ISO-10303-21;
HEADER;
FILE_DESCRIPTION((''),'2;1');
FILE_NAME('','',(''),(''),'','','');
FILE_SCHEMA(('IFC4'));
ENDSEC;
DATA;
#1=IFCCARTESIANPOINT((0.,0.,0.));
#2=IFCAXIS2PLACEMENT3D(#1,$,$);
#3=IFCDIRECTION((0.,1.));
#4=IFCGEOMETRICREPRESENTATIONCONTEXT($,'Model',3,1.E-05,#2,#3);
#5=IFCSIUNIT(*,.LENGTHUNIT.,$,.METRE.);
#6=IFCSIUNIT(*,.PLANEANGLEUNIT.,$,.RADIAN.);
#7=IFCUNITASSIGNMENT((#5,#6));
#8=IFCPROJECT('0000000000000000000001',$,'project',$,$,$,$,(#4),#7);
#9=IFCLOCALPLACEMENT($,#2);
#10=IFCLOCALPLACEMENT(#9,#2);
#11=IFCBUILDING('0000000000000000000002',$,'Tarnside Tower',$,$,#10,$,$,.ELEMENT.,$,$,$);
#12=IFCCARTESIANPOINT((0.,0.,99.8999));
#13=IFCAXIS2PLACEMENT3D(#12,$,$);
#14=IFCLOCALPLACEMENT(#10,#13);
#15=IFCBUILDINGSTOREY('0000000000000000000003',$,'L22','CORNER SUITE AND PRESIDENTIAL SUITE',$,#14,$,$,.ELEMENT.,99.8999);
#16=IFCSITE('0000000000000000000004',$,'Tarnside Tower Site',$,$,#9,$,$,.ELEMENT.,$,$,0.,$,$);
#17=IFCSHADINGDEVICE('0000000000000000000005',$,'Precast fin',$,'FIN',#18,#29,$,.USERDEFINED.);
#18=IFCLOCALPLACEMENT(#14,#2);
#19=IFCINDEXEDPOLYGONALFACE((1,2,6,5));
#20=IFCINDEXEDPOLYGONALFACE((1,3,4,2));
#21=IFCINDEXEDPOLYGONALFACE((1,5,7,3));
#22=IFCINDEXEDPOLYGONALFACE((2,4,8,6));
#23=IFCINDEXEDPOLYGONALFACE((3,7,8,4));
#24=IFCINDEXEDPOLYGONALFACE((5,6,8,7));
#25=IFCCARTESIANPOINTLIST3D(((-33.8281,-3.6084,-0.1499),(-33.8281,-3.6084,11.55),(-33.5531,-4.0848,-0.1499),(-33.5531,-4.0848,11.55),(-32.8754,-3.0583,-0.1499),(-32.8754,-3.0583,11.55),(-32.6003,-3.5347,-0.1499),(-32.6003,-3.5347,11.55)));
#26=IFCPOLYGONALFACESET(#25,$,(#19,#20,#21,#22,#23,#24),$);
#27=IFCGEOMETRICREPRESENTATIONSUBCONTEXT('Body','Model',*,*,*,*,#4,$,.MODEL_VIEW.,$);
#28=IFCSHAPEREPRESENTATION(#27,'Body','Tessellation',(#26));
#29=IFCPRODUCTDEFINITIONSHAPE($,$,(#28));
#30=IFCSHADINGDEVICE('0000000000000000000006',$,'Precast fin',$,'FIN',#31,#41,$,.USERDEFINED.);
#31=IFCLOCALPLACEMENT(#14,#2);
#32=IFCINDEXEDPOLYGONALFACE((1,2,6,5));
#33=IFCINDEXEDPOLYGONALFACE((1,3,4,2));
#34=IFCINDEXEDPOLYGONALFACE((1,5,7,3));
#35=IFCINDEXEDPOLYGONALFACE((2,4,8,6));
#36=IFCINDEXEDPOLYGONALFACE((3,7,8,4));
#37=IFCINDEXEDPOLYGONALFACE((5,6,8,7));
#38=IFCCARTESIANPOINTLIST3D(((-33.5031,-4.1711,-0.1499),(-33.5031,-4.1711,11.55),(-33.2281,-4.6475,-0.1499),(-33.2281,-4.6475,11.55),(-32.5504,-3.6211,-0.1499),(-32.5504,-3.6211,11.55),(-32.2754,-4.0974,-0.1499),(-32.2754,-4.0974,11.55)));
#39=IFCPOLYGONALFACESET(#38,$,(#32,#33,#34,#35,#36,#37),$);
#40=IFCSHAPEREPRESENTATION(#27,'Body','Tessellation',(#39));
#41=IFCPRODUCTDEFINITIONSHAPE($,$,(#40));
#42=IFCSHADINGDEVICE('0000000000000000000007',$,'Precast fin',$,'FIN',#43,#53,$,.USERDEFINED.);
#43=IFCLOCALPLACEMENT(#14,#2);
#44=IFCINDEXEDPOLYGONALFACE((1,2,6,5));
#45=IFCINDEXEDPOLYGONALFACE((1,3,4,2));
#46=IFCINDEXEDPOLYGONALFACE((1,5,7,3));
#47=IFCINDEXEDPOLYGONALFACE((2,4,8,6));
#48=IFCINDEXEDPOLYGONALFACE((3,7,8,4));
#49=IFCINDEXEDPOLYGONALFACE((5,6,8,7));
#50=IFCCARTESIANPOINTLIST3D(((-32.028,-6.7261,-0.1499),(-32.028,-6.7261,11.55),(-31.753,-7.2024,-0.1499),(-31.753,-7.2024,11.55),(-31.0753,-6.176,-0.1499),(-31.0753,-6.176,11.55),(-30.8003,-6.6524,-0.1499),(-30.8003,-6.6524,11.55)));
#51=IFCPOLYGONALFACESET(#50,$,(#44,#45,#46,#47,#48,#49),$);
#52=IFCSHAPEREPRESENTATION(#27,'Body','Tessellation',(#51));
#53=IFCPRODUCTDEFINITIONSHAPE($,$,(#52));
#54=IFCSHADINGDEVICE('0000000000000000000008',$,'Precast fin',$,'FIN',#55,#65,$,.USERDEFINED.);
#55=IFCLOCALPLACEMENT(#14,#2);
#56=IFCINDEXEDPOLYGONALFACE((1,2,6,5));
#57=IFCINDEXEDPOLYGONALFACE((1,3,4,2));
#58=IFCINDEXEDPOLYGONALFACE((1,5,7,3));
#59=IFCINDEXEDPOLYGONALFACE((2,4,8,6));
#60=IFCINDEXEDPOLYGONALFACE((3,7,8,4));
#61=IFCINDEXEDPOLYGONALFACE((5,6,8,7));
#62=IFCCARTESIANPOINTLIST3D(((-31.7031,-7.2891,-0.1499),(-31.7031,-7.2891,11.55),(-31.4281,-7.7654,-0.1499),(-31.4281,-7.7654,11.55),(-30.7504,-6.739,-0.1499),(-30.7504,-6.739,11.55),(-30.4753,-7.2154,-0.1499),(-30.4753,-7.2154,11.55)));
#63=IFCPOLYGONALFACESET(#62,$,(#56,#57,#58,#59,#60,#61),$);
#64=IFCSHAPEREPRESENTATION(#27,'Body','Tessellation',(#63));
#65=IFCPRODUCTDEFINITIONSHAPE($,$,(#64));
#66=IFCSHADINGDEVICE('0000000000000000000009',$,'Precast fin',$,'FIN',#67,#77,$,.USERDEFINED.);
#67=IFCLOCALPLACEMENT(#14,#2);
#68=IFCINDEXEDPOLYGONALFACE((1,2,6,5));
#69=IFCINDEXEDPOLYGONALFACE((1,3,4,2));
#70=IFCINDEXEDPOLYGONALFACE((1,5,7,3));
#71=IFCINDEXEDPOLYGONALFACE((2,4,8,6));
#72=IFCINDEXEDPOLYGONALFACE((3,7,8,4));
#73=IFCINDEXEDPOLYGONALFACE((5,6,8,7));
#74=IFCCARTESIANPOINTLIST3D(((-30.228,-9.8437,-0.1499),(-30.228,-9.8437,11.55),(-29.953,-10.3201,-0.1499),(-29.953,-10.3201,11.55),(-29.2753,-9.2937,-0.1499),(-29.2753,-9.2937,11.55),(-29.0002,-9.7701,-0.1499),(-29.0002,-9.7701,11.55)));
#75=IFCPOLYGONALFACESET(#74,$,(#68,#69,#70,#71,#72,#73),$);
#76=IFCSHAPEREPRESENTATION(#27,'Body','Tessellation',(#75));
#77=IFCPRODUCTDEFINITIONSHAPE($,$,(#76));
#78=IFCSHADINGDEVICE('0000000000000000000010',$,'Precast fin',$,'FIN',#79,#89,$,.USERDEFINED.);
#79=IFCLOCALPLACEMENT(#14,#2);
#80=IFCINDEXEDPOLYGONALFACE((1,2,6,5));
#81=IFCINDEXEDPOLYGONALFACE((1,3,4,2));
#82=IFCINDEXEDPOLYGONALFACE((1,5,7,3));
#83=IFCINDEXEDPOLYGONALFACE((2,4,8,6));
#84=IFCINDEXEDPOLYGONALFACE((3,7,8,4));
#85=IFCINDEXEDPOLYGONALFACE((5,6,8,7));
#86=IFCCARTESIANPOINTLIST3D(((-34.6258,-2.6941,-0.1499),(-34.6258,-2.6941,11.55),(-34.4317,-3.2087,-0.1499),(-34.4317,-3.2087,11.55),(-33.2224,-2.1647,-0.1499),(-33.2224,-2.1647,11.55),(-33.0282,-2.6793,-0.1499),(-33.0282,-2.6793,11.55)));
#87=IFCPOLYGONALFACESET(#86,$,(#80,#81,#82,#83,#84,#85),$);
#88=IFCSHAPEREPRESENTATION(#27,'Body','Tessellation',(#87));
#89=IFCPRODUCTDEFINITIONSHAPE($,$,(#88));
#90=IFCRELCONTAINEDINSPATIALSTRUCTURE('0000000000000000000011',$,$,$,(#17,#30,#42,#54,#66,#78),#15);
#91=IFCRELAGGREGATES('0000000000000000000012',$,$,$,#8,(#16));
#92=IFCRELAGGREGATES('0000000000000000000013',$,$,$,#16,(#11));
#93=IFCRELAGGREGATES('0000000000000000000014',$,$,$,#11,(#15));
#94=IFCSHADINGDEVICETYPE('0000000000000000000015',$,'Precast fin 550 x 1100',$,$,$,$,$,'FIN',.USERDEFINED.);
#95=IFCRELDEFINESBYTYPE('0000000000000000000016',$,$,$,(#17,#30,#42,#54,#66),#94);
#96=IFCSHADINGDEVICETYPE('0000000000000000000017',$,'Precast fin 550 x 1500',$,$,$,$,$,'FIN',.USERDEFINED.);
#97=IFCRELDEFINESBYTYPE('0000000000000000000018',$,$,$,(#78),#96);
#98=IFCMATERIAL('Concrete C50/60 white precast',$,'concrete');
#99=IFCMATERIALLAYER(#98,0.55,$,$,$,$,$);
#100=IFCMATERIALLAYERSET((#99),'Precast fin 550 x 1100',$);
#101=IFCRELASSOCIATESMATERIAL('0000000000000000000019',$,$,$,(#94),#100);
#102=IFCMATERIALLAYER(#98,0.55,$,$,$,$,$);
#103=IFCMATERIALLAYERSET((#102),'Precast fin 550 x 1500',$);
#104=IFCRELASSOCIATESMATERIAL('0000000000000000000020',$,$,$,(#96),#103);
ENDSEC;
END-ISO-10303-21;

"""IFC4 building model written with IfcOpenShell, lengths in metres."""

from ifc_helpers import new_model, si_unit, direction, frame, origin, place, context, subcontext, project, spatial, polyline, outline, extrude, material, layer, layer_set, type_object, element, save


model = new_model("IFC4")

# Units and contexts
model_context = context("Model", 3, precision=1e-05, world=origin(), true_north=direction((0.0, 1.0)))
body_context = subcontext(model_context, "Body", "Model", "MODEL_VIEW")
ifc_project = project(units=[si_unit("LENGTHUNIT", "METRE"), si_unit("PLANEANGLEUNIT", "RADIAN")], contexts=[model_context])

# Site, building, storey
site_placement = place(None, origin())
site = spatial("IfcSite", under=ifc_project, at=site_placement, Name="Tarnside Tower Site", CompositionType="ELEMENT", RefElevation=0.0)
building_placement = place(site_placement, origin())
building = spatial("IfcBuilding", under=site, at=building_placement, Name="Tarnside Tower", CompositionType="ELEMENT")
storey_placement = place(building_placement, frame((0.0, 0.0, 99.8999)))
storey = spatial("IfcBuildingStorey", under=building, at=storey_placement, Name="L22", Description="CORNER SUITE AND PRESIDENTIAL SUITE", CompositionType="ELEMENT", Elevation=99.8999)

# Shading devices
ifc_material_1 = material(Name="Concrete C50/60 white precast", Category="concrete")
ifc_layer_1 = layer(ifc_material_1, 0.55)
ifc_layer_set_1 = layer_set([ifc_layer_1], Name="Precast fin 550 x 1100")
shading_device_type_1 = type_object("IfcShadingDeviceType", Name="Precast fin 550 x 1100", ElementType="FIN", PredefinedType="USERDEFINED", material=ifc_layer_set_1)
for number, where, z_axis, x_axis, name in (
    (1, (-32.7378, -3.2966, -0.1499), (-0.5, 0.866025, 0.0), (-0.866025, -0.5, 0.0), "Precast fin"),
    (2, (-32.4128, -3.8594, -0.1499), (-0.5, 0.866025, 0.0), (-0.866025, -0.5, 0.0), "Precast fin"),
    (3, (-30.9377, -6.4143, -0.1499), (-0.5, 0.866025, 0.0), (-0.866025, -0.5, 0.0), "Precast fin"),
    (4, (-30.6128, -6.9773, -0.1499), (-0.5, 0.866025, 0.0), (-0.866025, -0.5, 0.0), "Precast fin"),
    (5, (-29.1377, -9.532, -0.1499), (-0.5, 0.866025, 0.0), (-0.866025, -0.5, 0.0), "Precast fin"),
):
    element("IfcShadingDevice", number, at=place(storey_placement, frame(where, z_axis=z_axis, x_axis=x_axis)), inside=storey, type_object=shading_device_type_1, Name=name, ObjectType="FIN", PredefinedType="USERDEFINED", context=body_context, shape_type="SweptSolid", body=[
        extrude(outline(polyline([(0.0, 0.0), (1.1001, 0.0), (1.1001, 11.7), (0.0, 11.7), (0.0, 0.0)])), frame((0.0, 0.0, -0.2749)), (0.0, 0.0, 1.0), 0.55),
    ])
ifc_layer_2 = layer(ifc_material_1, 0.55)
ifc_layer_set_2 = layer_set([ifc_layer_2], Name="Precast fin 550 x 1500")
shading_device_type_2 = type_object("IfcShadingDeviceType", Name="Precast fin 550 x 1500", ElementType="FIN", PredefinedType="USERDEFINED", material=ifc_layer_set_2)
shading_device_placement = place(storey_placement, frame((-33.1252, -2.4221, -0.1499), z_axis=(-0.352931, 0.93565, 0.0), x_axis=(-0.93565, -0.352931, 0.0)))
element("IfcShadingDevice", 6, at=shading_device_placement, inside=storey, type_object=shading_device_type_2, Name="Precast fin", ObjectType="FIN", PredefinedType="USERDEFINED", context=body_context, shape_type="SweptSolid", body=[
    extrude(outline(polyline([(0.0, 0.0), (1.5, 0.0), (1.5, 11.7), (0.0, 11.7), (0.0, 0.0)])), frame((0.0, 0.0, -0.2749)), (0.0, 0.0, 1.0), 0.55),
])

save(model, "model.ifc")
